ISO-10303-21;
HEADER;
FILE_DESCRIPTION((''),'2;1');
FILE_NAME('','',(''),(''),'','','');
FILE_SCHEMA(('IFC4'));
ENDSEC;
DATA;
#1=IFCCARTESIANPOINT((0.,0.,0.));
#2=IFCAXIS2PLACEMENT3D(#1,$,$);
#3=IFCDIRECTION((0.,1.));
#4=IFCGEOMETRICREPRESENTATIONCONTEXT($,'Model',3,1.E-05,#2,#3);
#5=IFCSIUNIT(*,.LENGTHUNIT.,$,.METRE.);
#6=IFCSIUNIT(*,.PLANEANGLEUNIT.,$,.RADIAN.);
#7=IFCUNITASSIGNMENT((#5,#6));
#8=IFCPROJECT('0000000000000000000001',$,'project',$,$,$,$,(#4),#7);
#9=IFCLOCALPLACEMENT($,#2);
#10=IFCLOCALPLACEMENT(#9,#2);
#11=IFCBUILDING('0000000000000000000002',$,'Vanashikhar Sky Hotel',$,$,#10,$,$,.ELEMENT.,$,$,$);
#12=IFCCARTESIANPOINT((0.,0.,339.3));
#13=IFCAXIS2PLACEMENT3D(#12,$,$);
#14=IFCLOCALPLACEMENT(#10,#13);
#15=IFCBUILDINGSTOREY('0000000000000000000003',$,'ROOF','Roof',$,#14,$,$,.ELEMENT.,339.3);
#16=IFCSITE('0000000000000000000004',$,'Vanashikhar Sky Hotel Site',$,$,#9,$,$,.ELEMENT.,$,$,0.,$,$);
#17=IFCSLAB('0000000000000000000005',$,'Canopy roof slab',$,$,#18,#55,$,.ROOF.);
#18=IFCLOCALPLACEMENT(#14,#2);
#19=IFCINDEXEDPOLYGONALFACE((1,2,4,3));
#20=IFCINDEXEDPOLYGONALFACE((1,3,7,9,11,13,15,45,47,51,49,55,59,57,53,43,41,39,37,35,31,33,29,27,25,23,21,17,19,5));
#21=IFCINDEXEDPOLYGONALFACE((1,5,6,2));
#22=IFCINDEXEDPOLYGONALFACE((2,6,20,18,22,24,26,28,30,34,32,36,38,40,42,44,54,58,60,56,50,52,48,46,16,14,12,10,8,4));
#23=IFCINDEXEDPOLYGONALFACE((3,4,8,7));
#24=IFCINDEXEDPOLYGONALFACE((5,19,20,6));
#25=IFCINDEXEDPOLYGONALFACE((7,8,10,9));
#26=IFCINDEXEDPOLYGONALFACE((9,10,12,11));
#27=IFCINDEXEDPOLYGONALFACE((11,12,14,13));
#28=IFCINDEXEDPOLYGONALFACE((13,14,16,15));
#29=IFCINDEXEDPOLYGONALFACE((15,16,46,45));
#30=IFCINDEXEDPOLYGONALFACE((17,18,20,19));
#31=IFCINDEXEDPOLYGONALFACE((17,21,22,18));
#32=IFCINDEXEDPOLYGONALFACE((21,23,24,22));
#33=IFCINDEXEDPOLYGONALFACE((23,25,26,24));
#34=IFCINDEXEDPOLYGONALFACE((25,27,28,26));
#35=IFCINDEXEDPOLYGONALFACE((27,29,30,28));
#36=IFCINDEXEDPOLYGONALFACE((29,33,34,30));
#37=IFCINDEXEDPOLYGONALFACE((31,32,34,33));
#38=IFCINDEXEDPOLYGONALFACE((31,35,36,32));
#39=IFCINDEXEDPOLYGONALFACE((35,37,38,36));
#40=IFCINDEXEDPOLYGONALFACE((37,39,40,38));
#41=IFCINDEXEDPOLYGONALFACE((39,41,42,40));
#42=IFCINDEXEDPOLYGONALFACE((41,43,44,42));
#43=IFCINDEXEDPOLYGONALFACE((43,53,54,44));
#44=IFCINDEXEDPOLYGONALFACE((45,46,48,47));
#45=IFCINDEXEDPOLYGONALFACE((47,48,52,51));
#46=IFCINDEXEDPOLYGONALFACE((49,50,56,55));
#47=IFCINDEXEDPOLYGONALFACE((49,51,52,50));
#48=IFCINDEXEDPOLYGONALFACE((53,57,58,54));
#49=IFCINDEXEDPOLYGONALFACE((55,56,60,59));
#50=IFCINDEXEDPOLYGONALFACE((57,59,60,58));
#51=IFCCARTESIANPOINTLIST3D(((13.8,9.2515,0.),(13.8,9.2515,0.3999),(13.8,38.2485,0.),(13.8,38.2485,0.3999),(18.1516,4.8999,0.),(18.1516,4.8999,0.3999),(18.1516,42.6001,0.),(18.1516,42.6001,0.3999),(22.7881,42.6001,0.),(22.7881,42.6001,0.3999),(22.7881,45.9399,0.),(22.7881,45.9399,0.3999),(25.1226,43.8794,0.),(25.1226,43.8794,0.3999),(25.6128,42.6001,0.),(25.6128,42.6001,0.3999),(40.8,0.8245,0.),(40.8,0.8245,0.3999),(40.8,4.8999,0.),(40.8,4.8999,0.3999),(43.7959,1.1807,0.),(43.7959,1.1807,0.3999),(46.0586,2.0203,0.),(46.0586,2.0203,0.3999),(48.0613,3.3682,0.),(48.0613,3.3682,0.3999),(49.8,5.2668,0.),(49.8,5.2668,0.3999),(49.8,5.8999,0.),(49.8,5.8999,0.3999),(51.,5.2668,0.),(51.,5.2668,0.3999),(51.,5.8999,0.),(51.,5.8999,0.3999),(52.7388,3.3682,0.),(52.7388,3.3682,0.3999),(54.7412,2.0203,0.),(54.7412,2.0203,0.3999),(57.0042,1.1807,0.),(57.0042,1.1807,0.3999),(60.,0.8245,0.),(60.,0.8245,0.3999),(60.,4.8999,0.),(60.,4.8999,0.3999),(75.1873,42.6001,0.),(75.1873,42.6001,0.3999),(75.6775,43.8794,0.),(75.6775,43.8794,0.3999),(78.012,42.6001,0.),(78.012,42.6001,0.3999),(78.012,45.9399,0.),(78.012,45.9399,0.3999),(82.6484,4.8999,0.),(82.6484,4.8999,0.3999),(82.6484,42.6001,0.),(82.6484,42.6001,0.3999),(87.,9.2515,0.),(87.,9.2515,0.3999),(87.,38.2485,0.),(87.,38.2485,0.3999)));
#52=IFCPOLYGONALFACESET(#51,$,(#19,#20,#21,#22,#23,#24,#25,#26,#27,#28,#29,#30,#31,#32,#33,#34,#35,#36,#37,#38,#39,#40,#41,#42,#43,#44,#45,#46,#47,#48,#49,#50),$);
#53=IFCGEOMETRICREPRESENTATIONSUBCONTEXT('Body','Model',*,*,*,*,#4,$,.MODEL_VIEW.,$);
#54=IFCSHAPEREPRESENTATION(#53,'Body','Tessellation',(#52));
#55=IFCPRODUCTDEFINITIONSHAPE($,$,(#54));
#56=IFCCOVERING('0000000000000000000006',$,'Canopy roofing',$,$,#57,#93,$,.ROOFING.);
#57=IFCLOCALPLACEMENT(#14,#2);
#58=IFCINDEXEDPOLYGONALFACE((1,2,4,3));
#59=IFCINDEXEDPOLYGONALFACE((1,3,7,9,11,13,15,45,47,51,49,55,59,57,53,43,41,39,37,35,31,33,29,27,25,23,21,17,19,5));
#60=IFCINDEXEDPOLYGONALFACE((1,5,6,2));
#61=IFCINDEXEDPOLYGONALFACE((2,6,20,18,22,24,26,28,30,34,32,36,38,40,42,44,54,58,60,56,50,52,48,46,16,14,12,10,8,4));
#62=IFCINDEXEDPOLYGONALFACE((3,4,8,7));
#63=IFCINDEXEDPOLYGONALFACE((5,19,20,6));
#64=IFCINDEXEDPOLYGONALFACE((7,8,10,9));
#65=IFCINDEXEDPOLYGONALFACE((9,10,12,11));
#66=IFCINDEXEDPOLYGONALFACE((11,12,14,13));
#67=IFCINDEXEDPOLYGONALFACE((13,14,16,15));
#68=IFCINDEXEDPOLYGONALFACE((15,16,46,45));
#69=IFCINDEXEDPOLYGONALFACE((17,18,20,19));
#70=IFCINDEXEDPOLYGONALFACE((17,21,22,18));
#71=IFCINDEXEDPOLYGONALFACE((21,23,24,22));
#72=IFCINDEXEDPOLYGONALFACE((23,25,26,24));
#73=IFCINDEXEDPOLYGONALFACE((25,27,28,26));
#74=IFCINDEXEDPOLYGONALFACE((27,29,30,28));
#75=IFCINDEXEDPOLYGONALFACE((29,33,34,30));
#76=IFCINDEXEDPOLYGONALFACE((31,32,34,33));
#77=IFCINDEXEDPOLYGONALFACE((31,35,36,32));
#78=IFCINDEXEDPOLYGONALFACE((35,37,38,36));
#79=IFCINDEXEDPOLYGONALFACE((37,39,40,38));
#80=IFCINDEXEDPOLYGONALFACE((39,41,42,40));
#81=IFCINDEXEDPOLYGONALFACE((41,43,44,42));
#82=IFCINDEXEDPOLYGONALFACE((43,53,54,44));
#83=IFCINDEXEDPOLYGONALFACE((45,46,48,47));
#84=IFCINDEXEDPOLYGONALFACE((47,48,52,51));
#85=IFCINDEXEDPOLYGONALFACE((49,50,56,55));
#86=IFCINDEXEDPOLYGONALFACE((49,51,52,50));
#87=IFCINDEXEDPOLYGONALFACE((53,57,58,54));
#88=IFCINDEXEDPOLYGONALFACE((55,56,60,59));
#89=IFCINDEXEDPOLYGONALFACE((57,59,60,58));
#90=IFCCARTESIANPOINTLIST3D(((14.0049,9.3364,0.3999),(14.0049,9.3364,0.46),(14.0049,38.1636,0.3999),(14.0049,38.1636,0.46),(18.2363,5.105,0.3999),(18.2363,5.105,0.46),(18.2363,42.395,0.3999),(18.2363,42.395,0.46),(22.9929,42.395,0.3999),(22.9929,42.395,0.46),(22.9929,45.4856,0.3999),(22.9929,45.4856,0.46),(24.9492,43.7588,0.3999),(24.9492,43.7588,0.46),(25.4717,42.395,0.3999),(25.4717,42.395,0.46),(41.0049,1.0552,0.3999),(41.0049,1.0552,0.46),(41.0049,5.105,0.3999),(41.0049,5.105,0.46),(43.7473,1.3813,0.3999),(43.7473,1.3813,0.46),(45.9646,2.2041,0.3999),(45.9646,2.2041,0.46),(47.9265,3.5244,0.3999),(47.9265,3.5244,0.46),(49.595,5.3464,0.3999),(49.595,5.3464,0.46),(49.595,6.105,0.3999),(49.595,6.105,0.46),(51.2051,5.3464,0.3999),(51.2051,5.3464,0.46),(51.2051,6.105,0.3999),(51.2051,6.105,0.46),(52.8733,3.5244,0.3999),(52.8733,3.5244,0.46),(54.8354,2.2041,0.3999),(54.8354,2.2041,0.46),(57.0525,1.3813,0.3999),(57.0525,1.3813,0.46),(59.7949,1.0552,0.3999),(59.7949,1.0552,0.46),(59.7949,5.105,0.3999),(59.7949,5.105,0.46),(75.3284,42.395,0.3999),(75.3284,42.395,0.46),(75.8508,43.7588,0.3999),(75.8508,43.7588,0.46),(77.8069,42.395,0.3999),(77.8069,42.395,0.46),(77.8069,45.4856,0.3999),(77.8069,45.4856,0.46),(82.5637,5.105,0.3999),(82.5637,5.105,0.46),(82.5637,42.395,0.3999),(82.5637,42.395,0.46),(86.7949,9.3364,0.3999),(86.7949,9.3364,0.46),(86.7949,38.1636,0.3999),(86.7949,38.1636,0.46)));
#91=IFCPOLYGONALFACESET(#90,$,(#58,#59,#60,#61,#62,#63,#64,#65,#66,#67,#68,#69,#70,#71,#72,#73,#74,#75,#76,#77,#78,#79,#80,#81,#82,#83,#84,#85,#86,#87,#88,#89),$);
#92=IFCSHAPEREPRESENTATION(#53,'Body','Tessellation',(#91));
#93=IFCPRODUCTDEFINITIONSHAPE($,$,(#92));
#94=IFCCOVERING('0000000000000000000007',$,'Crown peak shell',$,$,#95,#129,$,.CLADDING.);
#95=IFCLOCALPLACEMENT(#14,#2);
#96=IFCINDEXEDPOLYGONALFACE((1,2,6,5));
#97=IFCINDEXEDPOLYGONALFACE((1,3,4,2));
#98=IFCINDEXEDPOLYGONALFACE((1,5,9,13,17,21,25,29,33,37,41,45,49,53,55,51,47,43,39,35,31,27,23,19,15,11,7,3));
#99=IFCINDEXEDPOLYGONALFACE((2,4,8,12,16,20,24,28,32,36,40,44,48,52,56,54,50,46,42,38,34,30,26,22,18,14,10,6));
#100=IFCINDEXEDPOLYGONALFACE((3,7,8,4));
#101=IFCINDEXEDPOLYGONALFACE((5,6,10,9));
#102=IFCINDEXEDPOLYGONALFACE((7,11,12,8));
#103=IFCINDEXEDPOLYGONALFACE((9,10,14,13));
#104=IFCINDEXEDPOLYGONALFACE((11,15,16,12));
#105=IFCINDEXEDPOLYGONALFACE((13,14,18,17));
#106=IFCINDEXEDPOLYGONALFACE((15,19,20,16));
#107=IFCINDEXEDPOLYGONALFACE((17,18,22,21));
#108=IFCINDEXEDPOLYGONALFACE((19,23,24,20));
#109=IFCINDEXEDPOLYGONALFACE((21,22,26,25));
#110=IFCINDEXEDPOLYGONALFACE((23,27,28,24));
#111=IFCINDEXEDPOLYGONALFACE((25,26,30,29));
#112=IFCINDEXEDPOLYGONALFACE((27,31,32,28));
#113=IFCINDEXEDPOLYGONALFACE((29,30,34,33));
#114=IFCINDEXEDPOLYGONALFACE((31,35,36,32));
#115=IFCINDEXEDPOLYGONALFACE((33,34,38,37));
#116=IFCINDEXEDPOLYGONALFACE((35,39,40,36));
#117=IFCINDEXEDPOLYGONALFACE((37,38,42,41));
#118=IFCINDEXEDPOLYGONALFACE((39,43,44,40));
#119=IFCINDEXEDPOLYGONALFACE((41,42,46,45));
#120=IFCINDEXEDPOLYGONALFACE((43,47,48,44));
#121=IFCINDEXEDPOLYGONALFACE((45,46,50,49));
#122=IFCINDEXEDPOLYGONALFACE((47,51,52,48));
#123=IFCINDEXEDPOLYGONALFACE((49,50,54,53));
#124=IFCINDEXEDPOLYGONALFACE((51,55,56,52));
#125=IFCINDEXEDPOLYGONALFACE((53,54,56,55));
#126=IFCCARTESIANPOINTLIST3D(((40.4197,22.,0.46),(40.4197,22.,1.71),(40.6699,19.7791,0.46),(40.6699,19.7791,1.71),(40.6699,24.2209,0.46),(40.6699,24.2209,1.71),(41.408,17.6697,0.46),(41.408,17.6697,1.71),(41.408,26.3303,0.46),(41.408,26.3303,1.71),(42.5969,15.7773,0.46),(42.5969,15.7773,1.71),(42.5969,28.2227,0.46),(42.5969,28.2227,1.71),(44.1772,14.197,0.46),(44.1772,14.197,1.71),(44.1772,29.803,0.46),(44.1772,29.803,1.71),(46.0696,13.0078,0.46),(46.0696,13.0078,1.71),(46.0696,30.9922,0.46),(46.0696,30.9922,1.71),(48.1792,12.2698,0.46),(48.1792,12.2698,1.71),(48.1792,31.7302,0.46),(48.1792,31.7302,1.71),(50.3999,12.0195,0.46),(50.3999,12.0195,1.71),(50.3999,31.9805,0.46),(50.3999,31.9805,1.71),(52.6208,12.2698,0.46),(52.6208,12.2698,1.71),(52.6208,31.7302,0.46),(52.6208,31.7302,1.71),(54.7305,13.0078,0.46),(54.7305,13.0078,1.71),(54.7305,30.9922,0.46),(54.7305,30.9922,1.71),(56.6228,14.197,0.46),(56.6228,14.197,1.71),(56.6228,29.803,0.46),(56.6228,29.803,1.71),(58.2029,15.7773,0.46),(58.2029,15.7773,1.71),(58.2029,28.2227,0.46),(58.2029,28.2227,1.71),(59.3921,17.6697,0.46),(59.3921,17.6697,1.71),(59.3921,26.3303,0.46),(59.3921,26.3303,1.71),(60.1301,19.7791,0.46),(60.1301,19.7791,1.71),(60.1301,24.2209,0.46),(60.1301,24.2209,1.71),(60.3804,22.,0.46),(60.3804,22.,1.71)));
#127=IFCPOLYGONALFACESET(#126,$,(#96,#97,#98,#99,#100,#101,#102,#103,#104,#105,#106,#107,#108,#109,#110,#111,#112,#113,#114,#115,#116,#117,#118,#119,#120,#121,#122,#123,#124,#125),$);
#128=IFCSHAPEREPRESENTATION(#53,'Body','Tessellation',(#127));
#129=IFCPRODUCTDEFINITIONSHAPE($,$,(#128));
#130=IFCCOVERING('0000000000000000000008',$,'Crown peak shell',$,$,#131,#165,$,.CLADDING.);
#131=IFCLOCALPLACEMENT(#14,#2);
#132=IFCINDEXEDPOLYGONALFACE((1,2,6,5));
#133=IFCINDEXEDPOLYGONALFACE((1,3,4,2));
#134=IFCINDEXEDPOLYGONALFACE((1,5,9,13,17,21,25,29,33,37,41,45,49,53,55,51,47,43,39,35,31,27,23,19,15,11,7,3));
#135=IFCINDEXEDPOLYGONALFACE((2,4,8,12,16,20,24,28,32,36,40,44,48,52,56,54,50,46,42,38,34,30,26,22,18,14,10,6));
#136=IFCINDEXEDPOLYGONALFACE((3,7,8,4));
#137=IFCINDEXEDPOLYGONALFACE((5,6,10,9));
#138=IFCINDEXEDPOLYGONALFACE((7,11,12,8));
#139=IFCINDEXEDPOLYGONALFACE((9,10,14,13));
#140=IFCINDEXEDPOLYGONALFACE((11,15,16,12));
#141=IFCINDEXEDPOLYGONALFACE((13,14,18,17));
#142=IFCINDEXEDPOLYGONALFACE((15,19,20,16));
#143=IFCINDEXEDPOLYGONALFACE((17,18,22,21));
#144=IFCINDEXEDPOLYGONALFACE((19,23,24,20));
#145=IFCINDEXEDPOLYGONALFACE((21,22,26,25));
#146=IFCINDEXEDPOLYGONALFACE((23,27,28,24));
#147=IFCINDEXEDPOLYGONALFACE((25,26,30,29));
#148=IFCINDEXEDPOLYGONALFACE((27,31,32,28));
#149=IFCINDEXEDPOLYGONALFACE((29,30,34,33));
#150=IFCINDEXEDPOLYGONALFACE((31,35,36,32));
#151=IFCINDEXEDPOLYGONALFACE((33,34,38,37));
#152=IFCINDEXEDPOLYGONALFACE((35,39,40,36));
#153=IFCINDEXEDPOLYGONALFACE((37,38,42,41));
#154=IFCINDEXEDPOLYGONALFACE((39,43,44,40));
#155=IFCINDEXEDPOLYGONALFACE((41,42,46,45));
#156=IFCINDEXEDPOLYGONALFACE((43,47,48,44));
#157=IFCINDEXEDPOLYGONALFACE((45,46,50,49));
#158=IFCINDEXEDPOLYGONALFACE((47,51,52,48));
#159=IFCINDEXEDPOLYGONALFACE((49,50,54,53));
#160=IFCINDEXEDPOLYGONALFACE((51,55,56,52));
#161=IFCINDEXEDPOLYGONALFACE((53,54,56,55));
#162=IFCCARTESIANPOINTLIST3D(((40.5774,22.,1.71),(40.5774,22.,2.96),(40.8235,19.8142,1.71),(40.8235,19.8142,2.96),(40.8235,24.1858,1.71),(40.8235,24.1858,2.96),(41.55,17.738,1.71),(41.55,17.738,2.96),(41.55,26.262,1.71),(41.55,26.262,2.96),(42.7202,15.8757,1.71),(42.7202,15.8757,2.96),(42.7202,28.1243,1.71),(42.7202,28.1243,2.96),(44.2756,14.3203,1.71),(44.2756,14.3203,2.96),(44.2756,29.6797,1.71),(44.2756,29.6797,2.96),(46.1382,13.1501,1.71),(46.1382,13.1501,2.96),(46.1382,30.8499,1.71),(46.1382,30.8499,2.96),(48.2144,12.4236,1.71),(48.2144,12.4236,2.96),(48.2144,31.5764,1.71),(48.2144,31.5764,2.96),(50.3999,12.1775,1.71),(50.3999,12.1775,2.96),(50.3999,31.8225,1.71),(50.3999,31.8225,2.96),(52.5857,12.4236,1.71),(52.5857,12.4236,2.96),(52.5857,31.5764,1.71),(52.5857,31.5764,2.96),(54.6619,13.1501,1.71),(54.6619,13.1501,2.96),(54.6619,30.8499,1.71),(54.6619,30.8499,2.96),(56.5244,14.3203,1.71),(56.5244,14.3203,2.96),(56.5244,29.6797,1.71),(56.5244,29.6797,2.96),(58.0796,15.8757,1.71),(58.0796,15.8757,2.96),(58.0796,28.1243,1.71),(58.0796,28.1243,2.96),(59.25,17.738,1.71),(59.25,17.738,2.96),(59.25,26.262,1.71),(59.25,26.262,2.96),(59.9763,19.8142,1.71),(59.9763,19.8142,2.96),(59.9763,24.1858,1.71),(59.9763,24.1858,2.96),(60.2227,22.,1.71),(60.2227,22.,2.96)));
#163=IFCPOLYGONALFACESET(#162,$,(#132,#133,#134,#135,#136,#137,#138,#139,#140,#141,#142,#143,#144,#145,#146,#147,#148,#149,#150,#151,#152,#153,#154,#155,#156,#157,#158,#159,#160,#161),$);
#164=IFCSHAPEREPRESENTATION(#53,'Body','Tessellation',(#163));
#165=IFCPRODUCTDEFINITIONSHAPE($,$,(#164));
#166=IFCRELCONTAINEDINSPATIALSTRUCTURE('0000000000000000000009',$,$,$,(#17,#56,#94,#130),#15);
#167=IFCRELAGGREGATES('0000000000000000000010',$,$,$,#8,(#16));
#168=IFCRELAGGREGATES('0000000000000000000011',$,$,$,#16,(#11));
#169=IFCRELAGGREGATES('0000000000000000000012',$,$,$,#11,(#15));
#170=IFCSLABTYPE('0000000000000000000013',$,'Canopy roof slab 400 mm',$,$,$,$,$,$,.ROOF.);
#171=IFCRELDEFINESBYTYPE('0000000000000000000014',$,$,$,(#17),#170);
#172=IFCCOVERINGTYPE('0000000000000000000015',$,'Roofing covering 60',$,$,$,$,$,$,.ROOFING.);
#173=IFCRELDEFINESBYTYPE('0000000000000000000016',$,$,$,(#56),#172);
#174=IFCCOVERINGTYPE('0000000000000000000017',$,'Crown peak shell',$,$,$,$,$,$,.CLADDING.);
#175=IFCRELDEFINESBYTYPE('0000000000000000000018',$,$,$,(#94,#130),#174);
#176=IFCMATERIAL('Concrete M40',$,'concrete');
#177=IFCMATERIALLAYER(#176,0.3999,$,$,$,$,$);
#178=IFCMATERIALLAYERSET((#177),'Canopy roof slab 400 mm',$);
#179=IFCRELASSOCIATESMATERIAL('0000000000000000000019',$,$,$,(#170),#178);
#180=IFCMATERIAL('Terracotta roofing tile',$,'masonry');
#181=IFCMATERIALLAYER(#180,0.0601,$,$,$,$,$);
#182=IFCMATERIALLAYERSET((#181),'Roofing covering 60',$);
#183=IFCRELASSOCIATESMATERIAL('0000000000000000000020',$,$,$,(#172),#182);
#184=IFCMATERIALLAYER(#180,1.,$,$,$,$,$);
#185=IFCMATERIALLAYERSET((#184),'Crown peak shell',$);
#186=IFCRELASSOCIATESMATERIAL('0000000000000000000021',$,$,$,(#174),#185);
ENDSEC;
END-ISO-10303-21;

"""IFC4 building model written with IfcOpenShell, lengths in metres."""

from ifc_helpers import new_model, si_unit, direction, frame, origin, place, context, subcontext, project, spatial, polyline, outline, extrude, source, transform, mapped, material, layer, layer_set, type_object, element, save


model = new_model("IFC4")

# Units and contexts
model_context = context("Model", 3, precision=1e-05, world=origin(), true_north=direction((0.0, 1.0)))
body_context = subcontext(model_context, "Body", "Model", "MODEL_VIEW")
ifc_project = project(units=[si_unit("LENGTHUNIT", "METRE"), si_unit("PLANEANGLEUNIT", "RADIAN")], contexts=[model_context])

# Site, building, storey
site_placement = place(None, origin())
site = spatial("IfcSite", under=ifc_project, at=site_placement, Name="Vanashikhar Sky Hotel Site", CompositionType="ELEMENT", RefElevation=0.0)
building_placement = place(site_placement, origin())
building = spatial("IfcBuilding", under=site, at=building_placement, Name="Vanashikhar Sky Hotel", CompositionType="ELEMENT")
storey_placement = place(building_placement, frame((0.0, 0.0, 339.3)))
storey = spatial("IfcBuildingStorey", under=building, at=storey_placement, Name="ROOF", Description="Roof", CompositionType="ELEMENT", Elevation=339.3)

# Slab
ifc_material_1 = material(Name="Concrete M40", Category="concrete")
ifc_layer_1 = layer(ifc_material_1, 0.3999)
ifc_layer_set_1 = layer_set([ifc_layer_1], Name="Canopy roof slab 400 mm")
slab_type = type_object("IfcSlabType", Name="Canopy roof slab 400 mm", PredefinedType="ROOF", material=ifc_layer_set_1)
shared_shape_1 = source(origin(), body_context, "Body", "SweptSolid", [
    extrude(outline(polyline([(49.8, 5.2668), (48.0613, 3.3682), (46.0586, 2.0203), (43.7959, 1.1807), (40.8, 0.8245), (40.8, 4.8999), (18.1516, 4.8999), (13.8, 9.2515), (13.8, 38.2485), (18.1516, 42.6001), (22.7881, 42.6001), (22.7881, 45.9399), (25.1226, 43.8794), (25.6128, 42.6001), (75.1873, 42.6001), (75.6775, 43.8794), (78.012, 45.9399), (78.012, 42.6001), (82.6484, 42.6001), (87.0, 38.2485), (87.0, 9.2515), (82.6484, 4.8999), (60.0, 4.8999), (60.0, 0.8245), (57.0042, 1.1807), (54.7412, 2.0203), (52.7388, 3.3682), (51.0, 5.2668), (51.0, 5.8999), (49.8, 5.8999), (49.8, 5.2668)])), origin(), (0.0, 0.0, 1.0), 0.3999),
])
slab_placement = place(storey_placement, origin())
element("IfcSlab", 1, at=slab_placement, inside=storey, type_object=slab_type, Name="Canopy roof slab", PredefinedType="ROOF", context=body_context, shape_type="MappedRepresentation", body=[
    mapped(shared_shape_1, transform((0.0, 0.0, 0.0), scale=1.0)),
])

# Coverings
ifc_material_2 = material(Name="Terracotta roofing tile", Category="masonry")
ifc_layer_2 = layer(ifc_material_2, 0.0601)
ifc_layer_set_2 = layer_set([ifc_layer_2], Name="Roofing covering 60")
covering_type_1 = type_object("IfcCoveringType", Name="Roofing covering 60", PredefinedType="ROOFING", material=ifc_layer_set_2)
shared_shape_2 = source(origin(), body_context, "Body", "SweptSolid", [
    extrude(outline(polyline([(49.595, 5.3464), (47.9265, 3.5244), (45.9646, 2.2041), (43.7473, 1.3813), (41.0049, 1.0552), (41.0049, 5.105), (18.2363, 5.105), (14.0049, 9.3364), (14.0049, 38.1636), (18.2363, 42.395), (22.9929, 42.395), (22.9929, 45.4856), (24.9492, 43.7588), (25.4717, 42.395), (75.3284, 42.395), (75.8508, 43.7588), (77.8069, 45.4856), (77.8069, 42.395), (82.5637, 42.395), (86.7949, 38.1636), (86.7949, 9.3364), (82.5637, 5.105), (59.7949, 5.105), (59.7949, 1.0552), (57.0525, 1.3813), (54.8354, 2.2041), (52.8733, 3.5244), (51.2051, 5.3464), (51.2051, 6.105), (49.595, 6.105), (49.595, 5.3464)])), origin(), (0.0, 0.0, 1.0), 0.0601),
])
covering_1_placement = place(storey_placement, frame((0.0, 0.0, 0.3999)))
element("IfcCovering", 2, at=covering_1_placement, inside=storey, type_object=covering_type_1, Name="Canopy roofing", PredefinedType="ROOFING", context=body_context, shape_type="MappedRepresentation", body=[
    mapped(shared_shape_2, transform((0.0, 0.0, 0.0), scale=1.0)),
])
ifc_layer_3 = layer(ifc_material_2, 1.0)
ifc_layer_set_3 = layer_set([ifc_layer_3], Name="Crown peak shell")
covering_type_2 = type_object("IfcCoveringType", Name="Crown peak shell", PredefinedType="CLADDING", material=ifc_layer_set_3)
shared_shape_3 = source(origin(), body_context, "Body", "SweptSolid", [
    extrude(outline(polyline([(60.3804, 22.0), (60.1301, 24.2209), (59.3921, 26.3303), (58.2029, 28.2227), (56.6228, 29.803), (54.7305, 30.9922), (52.6208, 31.7302), (50.3999, 31.9805), (48.1792, 31.7302), (46.0696, 30.9922), (44.1772, 29.803), (42.5969, 28.2227), (41.408, 26.3303), (40.6699, 24.2209), (40.4197, 22.0), (40.6699, 19.7791), (41.408, 17.6697), (42.5969, 15.7773), (44.1772, 14.197), (46.0696, 13.0078), (48.1792, 12.2698), (50.3999, 12.0195), (52.6208, 12.2698), (54.7305, 13.0078), (56.6228, 14.197), (58.2029, 15.7773), (59.3921, 17.6697), (60.1301, 19.7791), (60.3804, 22.0)])), origin(), (0.0, 0.0, 1.0), 1.25),
])
covering_2_placement = place(storey_placement, frame((0.0, 0.0, 0.46)))
element("IfcCovering", 3, at=covering_2_placement, inside=storey, type_object=covering_type_2, Name="Crown peak shell", PredefinedType="CLADDING", context=body_context, shape_type="MappedRepresentation", body=[
    mapped(shared_shape_3, transform((0.0, 0.0, 0.0), scale=1.0)),
])
shared_shape_4 = source(origin(), body_context, "Body", "SweptSolid", [
    extrude(outline(polyline([(60.2227, 22.0), (59.9763, 24.1858), (59.25, 26.262), (58.0796, 28.1243), (56.5244, 29.6797), (54.6619, 30.8499), (52.5857, 31.5764), (50.3999, 31.8225), (48.2144, 31.5764), (46.1382, 30.8499), (44.2756, 29.6797), (42.7202, 28.1243), (41.55, 26.262), (40.8235, 24.1858), (40.5774, 22.0), (40.8235, 19.8142), (41.55, 17.738), (42.7202, 15.8757), (44.2756, 14.3203), (46.1382, 13.1501), (48.2144, 12.4236), (50.3999, 12.1775), (52.5857, 12.4236), (54.6619, 13.1501), (56.5244, 14.3203), (58.0796, 15.8757), (59.25, 17.738), (59.9763, 19.8142), (60.2227, 22.0)])), origin(), (0.0, 0.0, 1.0), 1.25),
])
covering_3_placement = place(storey_placement, frame((0.0, 0.0, 1.71)))
element("IfcCovering", 4, at=covering_3_placement, inside=storey, type_object=covering_type_2, Name="Crown peak shell", PredefinedType="CLADDING", context=body_context, shape_type="MappedRepresentation", body=[
    mapped(shared_shape_4, transform((0.0, 0.0, 0.0), scale=1.0)),
])

save(model, "model.ifc")
